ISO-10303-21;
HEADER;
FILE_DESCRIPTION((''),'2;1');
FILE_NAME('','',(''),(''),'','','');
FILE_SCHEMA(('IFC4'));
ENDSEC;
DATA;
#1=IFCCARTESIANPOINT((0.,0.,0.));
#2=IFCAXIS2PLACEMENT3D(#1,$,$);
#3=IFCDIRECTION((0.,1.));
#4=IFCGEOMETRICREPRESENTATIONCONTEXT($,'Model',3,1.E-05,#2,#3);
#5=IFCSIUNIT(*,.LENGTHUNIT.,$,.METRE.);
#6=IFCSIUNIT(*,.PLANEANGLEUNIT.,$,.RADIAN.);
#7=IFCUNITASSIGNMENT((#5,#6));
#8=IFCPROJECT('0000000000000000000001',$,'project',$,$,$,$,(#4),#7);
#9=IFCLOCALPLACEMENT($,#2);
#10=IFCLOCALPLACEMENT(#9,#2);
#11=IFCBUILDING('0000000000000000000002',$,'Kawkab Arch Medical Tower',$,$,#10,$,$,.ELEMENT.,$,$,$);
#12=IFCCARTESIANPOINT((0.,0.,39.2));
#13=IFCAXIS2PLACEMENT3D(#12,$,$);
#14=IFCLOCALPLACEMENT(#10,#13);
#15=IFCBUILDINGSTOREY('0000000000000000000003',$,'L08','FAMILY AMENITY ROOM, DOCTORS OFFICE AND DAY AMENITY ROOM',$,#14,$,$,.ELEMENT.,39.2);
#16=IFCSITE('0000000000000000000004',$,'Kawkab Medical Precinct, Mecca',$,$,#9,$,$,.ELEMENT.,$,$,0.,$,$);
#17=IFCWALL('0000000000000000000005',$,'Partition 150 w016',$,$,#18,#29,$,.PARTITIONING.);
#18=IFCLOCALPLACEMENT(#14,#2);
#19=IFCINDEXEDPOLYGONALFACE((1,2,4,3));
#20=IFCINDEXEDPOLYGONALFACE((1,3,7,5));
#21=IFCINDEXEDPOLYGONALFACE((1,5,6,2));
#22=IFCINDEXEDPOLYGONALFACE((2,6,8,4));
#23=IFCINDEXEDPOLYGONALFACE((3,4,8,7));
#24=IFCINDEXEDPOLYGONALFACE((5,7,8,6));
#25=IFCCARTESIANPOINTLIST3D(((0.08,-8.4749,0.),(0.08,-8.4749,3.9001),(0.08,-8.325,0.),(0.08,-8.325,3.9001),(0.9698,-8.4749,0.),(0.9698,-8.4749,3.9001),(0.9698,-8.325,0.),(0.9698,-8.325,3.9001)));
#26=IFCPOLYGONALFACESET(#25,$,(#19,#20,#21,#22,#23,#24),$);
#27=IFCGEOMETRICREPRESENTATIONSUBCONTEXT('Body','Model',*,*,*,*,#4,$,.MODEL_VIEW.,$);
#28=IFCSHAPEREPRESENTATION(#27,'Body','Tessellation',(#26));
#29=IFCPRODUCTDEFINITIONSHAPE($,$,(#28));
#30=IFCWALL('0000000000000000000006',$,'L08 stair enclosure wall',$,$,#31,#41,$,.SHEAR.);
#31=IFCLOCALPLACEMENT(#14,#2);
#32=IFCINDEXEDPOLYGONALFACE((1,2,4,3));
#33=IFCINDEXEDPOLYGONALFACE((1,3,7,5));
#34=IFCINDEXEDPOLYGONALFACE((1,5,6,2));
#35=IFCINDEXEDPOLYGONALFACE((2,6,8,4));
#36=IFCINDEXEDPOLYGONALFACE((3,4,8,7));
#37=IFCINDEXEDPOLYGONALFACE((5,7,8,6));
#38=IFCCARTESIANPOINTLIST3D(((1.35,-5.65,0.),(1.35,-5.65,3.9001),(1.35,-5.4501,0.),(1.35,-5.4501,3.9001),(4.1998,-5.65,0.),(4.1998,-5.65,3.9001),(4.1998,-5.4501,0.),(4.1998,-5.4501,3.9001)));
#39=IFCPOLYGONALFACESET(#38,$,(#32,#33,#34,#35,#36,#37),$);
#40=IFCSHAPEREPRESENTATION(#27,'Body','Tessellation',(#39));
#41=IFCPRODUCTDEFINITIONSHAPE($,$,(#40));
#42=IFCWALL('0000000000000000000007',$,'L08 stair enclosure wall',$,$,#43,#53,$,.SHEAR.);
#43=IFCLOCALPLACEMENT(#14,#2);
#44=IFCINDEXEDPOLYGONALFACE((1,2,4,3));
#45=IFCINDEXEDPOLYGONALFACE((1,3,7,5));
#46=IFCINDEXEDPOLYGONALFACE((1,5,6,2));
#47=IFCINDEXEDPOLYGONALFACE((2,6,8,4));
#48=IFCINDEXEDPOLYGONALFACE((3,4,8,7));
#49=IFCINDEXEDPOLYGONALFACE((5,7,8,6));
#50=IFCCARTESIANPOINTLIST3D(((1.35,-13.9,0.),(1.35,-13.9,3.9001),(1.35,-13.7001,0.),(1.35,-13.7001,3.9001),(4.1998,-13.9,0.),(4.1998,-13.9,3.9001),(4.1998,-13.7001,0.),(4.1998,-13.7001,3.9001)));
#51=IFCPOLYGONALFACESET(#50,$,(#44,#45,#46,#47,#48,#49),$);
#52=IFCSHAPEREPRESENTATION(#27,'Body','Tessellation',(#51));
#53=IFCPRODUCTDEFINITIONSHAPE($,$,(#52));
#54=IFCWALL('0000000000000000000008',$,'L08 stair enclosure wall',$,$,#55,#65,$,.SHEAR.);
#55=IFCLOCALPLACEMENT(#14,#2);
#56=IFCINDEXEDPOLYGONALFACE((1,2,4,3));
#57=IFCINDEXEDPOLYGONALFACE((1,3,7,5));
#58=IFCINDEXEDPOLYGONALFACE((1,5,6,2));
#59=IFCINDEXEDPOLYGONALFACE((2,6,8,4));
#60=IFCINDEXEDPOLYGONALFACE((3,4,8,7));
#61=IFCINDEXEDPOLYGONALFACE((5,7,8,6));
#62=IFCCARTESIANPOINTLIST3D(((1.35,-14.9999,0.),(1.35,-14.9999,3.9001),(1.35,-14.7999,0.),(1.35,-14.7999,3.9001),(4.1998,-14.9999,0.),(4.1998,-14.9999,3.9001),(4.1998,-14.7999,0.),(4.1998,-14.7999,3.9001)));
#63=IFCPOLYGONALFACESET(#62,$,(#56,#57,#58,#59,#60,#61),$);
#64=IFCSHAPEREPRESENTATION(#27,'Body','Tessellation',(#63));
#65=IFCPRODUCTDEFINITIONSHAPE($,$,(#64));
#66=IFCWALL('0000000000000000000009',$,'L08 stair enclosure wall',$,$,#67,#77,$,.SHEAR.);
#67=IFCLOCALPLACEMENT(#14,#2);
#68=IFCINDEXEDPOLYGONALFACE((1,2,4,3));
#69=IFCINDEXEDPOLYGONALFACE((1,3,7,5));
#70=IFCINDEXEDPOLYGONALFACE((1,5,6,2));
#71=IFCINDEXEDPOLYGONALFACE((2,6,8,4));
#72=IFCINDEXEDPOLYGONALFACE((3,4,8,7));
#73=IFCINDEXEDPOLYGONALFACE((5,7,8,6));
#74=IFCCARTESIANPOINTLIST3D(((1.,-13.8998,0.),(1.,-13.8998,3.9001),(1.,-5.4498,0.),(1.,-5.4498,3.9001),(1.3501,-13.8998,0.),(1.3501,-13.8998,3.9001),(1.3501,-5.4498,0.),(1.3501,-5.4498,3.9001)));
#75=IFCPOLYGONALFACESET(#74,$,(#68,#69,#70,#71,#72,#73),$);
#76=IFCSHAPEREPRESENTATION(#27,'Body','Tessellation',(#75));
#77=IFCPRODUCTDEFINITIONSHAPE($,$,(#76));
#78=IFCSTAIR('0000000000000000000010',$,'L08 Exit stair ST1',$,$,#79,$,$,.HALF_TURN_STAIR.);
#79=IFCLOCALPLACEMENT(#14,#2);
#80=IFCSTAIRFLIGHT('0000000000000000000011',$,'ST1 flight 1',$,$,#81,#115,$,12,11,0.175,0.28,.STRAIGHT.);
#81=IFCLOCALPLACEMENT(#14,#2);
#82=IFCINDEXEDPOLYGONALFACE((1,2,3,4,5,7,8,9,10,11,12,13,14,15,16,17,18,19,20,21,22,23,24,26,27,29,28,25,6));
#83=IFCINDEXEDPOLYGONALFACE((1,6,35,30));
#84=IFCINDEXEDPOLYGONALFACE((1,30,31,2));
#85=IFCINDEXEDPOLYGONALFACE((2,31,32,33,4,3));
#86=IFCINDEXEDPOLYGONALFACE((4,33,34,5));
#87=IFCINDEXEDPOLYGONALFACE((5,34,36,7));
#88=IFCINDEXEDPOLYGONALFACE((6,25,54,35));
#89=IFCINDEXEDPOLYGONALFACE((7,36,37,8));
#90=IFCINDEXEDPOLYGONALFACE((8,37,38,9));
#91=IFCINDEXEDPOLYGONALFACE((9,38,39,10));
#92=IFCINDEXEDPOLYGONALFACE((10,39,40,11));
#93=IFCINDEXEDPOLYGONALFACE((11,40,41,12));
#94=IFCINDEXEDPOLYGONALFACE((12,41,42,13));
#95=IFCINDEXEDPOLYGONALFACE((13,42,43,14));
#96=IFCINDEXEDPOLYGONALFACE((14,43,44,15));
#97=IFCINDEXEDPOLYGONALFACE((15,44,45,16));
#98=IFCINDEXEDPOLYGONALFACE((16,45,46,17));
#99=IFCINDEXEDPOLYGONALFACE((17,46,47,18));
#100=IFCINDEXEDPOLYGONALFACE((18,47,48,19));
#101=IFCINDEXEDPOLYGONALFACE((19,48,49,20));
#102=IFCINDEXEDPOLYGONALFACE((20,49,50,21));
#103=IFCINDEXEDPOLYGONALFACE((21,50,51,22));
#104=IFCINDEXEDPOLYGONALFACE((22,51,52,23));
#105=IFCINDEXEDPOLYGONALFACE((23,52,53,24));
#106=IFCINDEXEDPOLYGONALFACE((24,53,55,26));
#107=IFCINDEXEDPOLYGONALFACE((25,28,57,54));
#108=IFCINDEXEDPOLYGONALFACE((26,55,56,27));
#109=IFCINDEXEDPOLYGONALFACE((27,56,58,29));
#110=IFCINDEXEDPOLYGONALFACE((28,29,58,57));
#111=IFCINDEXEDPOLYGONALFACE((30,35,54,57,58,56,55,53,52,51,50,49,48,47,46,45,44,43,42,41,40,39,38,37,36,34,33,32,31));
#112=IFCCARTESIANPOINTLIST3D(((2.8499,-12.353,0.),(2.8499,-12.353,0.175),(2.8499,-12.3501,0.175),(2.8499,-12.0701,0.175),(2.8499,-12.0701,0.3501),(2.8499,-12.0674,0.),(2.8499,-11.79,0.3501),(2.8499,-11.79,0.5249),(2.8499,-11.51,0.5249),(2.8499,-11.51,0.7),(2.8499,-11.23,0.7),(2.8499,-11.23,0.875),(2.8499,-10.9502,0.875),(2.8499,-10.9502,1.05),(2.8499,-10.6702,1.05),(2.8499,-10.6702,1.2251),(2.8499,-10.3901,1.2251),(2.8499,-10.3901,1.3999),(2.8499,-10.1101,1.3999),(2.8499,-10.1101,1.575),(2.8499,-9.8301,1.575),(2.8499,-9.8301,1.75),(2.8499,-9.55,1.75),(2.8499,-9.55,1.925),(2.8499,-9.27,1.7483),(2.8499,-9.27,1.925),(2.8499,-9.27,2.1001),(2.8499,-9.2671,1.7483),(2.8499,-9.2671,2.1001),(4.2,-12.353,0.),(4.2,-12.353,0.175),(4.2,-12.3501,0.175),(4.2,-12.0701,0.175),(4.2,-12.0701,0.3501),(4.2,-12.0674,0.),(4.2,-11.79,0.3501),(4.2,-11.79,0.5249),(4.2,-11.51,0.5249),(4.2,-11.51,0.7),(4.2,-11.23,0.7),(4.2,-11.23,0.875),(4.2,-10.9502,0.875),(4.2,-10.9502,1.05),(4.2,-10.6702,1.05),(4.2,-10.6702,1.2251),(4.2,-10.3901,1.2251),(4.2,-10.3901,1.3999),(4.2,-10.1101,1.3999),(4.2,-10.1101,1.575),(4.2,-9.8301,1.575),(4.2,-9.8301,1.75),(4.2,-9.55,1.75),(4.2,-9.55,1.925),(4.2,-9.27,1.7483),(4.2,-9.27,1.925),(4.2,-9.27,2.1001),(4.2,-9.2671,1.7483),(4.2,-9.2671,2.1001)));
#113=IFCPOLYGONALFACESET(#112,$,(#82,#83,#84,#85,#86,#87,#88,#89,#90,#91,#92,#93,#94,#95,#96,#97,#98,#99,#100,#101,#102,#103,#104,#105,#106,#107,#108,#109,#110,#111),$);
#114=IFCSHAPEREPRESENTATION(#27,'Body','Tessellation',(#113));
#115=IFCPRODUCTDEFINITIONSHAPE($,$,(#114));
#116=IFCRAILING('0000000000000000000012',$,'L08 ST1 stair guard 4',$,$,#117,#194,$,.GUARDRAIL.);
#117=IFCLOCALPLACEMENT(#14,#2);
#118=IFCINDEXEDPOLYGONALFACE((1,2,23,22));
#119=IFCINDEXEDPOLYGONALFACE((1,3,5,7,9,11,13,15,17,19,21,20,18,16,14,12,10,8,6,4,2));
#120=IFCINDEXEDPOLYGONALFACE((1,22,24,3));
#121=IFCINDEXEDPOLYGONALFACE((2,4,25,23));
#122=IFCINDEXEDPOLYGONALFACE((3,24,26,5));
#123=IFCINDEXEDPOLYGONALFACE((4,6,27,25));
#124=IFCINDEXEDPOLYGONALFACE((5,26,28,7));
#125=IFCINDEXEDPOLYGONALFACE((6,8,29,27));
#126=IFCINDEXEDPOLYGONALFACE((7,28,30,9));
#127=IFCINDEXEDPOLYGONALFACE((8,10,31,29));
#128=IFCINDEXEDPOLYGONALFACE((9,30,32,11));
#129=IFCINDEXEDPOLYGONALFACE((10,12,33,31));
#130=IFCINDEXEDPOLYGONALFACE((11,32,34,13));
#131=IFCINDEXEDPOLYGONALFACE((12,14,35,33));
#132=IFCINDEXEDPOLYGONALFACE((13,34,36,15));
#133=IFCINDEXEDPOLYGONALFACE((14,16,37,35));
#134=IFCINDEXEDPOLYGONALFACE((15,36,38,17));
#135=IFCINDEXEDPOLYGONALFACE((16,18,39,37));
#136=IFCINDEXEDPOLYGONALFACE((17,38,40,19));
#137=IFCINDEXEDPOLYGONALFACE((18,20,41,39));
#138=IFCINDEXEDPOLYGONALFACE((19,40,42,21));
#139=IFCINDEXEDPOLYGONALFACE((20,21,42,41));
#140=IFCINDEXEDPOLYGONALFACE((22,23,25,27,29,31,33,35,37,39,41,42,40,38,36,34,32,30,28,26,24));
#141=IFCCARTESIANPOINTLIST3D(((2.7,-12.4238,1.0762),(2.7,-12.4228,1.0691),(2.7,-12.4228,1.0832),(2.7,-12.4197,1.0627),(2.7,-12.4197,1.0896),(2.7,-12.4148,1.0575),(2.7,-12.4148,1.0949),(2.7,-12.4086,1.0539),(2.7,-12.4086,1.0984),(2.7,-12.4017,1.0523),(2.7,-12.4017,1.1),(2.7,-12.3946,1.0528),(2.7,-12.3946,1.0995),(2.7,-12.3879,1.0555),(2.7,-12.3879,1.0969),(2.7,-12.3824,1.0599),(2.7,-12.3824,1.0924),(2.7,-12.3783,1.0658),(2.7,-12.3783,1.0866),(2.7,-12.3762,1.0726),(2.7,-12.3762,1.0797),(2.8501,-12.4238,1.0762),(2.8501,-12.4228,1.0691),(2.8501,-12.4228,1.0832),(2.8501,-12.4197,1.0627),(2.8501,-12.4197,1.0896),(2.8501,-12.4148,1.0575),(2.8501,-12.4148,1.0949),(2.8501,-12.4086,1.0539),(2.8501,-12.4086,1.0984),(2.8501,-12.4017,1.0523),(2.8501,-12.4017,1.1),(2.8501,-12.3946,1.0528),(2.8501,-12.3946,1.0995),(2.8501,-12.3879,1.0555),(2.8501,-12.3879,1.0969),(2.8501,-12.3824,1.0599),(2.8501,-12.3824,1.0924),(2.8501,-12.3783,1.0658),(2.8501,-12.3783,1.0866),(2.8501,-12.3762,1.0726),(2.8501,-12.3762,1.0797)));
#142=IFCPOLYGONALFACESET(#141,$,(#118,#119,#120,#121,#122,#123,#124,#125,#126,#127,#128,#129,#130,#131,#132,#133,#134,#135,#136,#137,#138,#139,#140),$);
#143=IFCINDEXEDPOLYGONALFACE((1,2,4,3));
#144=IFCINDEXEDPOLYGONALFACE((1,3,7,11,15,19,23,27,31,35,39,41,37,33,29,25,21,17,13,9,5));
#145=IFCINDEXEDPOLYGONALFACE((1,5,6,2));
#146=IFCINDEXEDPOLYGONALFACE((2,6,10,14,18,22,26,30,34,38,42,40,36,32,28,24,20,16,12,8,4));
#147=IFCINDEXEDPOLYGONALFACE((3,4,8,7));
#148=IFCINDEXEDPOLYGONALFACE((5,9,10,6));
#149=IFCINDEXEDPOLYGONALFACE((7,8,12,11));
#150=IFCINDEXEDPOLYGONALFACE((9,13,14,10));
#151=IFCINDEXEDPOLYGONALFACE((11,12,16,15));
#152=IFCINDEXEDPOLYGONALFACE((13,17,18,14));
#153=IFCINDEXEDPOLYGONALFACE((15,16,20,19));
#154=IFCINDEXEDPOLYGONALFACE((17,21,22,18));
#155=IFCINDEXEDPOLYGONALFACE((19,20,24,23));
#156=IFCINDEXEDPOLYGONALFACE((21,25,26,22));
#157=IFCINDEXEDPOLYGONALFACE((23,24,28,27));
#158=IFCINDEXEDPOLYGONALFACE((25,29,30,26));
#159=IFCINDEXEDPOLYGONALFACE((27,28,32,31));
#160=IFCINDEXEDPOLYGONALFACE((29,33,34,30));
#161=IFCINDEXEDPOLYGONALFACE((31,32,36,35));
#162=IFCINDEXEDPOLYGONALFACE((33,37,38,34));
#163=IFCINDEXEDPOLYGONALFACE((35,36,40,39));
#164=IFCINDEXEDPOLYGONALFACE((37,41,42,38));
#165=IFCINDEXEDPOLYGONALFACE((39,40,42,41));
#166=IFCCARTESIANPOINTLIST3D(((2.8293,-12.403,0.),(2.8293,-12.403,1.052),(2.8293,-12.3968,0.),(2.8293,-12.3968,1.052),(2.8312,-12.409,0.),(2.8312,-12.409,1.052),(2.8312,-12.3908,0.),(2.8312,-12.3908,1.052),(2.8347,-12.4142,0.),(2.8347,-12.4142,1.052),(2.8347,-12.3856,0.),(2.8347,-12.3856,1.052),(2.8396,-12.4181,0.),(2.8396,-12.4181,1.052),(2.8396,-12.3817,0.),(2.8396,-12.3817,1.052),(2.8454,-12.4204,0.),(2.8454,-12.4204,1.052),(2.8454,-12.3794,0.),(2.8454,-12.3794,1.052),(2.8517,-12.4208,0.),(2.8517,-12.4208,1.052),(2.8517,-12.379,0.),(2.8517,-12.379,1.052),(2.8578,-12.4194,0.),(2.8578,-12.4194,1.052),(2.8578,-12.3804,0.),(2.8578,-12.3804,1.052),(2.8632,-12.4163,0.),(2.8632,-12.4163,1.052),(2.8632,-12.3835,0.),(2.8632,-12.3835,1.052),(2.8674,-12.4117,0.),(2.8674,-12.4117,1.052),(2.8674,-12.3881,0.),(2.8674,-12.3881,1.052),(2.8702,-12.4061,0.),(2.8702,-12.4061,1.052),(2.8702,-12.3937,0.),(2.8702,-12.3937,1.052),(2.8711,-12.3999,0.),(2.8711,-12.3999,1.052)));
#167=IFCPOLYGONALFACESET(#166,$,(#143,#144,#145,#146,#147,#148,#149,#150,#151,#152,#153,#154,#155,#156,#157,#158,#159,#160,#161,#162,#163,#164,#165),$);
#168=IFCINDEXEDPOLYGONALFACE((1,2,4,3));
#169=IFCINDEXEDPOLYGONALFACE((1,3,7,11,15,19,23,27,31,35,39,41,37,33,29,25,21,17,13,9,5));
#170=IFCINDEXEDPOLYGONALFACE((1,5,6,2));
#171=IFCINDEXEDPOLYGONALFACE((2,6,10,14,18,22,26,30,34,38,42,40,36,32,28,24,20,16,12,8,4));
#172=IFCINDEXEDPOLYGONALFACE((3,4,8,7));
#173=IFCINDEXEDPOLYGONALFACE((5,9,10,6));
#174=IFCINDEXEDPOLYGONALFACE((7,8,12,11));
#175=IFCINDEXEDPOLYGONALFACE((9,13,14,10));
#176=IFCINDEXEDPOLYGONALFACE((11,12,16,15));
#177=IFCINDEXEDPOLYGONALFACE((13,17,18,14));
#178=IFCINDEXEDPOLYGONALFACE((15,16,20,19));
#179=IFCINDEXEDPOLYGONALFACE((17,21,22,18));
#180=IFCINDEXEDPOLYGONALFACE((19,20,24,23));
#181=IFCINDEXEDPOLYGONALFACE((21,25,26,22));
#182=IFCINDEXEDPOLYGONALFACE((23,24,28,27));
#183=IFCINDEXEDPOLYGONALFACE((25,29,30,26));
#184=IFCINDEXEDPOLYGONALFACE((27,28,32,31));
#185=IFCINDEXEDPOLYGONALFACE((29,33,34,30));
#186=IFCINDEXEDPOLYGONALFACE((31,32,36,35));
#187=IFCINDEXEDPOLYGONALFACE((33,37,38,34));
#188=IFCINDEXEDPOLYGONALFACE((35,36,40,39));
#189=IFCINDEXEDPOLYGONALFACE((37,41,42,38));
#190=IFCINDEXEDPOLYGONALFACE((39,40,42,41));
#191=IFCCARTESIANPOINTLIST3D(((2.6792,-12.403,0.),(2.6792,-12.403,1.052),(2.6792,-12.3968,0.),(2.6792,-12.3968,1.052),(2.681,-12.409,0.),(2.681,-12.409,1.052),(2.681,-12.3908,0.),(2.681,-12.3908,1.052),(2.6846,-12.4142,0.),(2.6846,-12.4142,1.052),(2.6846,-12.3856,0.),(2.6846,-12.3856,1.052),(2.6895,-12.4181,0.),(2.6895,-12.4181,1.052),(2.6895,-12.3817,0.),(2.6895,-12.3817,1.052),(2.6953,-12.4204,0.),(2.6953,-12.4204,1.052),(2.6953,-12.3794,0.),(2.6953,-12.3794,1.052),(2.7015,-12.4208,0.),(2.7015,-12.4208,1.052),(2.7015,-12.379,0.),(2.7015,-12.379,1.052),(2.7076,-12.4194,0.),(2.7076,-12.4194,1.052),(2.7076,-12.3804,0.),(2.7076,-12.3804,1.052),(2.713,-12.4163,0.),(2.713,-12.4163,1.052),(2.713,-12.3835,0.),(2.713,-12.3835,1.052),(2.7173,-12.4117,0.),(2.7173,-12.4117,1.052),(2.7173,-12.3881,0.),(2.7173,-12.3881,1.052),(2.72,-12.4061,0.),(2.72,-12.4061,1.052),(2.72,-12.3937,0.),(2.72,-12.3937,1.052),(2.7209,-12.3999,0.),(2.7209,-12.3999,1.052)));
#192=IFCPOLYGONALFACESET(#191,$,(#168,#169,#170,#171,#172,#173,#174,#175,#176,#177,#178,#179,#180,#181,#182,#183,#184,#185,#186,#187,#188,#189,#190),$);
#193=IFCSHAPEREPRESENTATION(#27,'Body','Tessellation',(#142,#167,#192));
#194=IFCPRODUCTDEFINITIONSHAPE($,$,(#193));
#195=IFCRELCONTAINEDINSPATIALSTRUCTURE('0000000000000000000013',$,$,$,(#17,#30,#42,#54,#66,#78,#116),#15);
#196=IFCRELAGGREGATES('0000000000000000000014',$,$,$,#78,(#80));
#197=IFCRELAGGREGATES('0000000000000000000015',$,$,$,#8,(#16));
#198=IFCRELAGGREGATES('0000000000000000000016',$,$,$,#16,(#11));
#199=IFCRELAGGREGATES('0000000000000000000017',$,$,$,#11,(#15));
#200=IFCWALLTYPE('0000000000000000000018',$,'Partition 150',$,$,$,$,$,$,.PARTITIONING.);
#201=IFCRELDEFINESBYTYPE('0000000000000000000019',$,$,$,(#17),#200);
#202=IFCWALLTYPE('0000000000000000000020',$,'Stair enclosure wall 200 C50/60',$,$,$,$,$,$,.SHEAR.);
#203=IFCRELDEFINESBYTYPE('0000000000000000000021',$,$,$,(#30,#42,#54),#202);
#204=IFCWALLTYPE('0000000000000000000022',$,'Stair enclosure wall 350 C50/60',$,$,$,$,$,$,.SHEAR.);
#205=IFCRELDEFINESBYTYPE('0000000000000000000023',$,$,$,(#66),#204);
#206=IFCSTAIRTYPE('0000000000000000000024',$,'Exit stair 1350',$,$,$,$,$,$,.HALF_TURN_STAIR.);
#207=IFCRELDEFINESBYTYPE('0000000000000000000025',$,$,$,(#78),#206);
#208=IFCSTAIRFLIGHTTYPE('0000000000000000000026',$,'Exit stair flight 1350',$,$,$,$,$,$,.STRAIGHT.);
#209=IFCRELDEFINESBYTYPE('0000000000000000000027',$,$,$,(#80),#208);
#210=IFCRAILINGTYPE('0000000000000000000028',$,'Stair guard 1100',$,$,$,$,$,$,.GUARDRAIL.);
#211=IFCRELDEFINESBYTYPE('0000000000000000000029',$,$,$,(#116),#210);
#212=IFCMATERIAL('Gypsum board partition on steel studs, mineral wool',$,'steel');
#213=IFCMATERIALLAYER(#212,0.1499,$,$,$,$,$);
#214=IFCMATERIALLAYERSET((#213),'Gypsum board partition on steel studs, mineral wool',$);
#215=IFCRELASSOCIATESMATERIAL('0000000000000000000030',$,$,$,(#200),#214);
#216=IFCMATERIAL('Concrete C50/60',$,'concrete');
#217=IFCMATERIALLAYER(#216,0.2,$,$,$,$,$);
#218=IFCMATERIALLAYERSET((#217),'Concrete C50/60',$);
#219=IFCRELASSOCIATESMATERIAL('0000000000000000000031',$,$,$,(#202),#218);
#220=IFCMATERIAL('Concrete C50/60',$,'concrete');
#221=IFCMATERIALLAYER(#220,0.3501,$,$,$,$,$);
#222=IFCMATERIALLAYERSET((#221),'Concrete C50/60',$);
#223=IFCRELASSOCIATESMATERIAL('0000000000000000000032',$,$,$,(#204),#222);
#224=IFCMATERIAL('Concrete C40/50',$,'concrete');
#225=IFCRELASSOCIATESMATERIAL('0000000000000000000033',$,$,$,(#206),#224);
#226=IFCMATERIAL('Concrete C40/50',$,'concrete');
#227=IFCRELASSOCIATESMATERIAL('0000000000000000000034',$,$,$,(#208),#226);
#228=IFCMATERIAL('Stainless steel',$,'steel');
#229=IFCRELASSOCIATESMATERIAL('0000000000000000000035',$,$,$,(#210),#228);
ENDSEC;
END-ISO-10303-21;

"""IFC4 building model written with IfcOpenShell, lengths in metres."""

from ifc_helpers import new_model, si_unit, direction, frame, frame_2d, origin, origin_2d, place, context, subcontext, project, spatial, polyline, rectangle, circle, outline, extrude, material, layer, layer_set, type_object, element, aggregate, save


model = new_model("IFC4")

# Units and contexts
model_context = context("Model", 3, precision=1e-05, world=origin(), true_north=direction((0.0, 1.0)))
body_context = subcontext(model_context, "Body", "Model", "MODEL_VIEW")
ifc_project = project(units=[si_unit("LENGTHUNIT", "METRE"), si_unit("PLANEANGLEUNIT", "RADIAN")], contexts=[model_context])

# Site, building, storey
site_placement = place(None, origin())
site = spatial("IfcSite", under=ifc_project, at=site_placement, Name="Kawkab Medical Precinct, Mecca", CompositionType="ELEMENT", RefElevation=0.0)
building_placement = place(site_placement, origin())
building = spatial("IfcBuilding", under=site, at=building_placement, Name="Kawkab Arch Medical Tower", CompositionType="ELEMENT")
storey_placement = place(building_placement, frame((0.0, 0.0, 39.2)))
storey = spatial("IfcBuildingStorey", under=building, at=storey_placement, Name="L08", Description="FAMILY AMENITY ROOM, DOCTORS OFFICE AND DAY AMENITY ROOM", CompositionType="ELEMENT", Elevation=39.2)

# Shared definitions
placement_1 = place(storey_placement, origin())

# Walls
ifc_material_1 = material(Name="Gypsum board partition on steel studs, mineral wool", Category="steel")
ifc_layer_1 = layer(ifc_material_1, 0.1499)
ifc_layer_set_1 = layer_set([ifc_layer_1], Name="Gypsum board partition on steel studs, mineral wool")
wall_type_1 = type_object("IfcWallType", Name="Partition 150", PredefinedType="PARTITIONING", material=ifc_layer_set_1)
wall_1_placement = place(storey_placement, frame((0.0801, -8.3999, 0.0), z_axis=(0.0, 0.0, 1.0), x_axis=(1.0, 0.0, 0.0)))
element("IfcWall", 1, at=wall_1_placement, inside=storey, type_object=wall_type_1, Name="Partition 150 w016", PredefinedType="PARTITIONING", context=body_context, shape_type="SweptSolid", body=[
    extrude(rectangle(XDim=0.8899, YDim=0.1499, at=frame_2d((0.4448, 0.0))), origin(), (0.0, 0.0, 1.0), 3.9001),
])
ifc_material_2 = material(Name="Concrete C50/60", Category="concrete")
ifc_layer_2 = layer(ifc_material_2, 0.2)
ifc_layer_set_2 = layer_set([ifc_layer_2], Name="Concrete C50/60")
wall_type_2 = type_object("IfcWallType", Name="Stair enclosure wall 200 C50/60", PredefinedType="SHEAR", material=ifc_layer_set_2)
for number, where, z_axis, x_axis, name in (
    (2, (1.3501, -5.55, 0.0), (0.0, 0.0, 1.0), (1.0, 0.0, 0.0), "L08 stair enclosure wall"),
    (3, (1.3501, -13.8, 0.0), (0.0, 0.0, 1.0), (1.0, 0.0, 0.0), "L08 stair enclosure wall"),
    (4, (1.3501, -14.8999, 0.0), (0.0, 0.0, 1.0), (1.0, 0.0, 0.0), "L08 stair enclosure wall"),
):
    element("IfcWall", number, at=place(storey_placement, frame(where, z_axis=z_axis, x_axis=x_axis)), inside=storey, type_object=wall_type_2, Name=name, PredefinedType="SHEAR", context=body_context, shape_type="SweptSolid", body=[
        extrude(rectangle(XDim=2.8499, YDim=0.2, at=frame_2d((1.4248, 0.0))), origin(), (0.0, 0.0, 1.0), 3.9001),
    ])
ifc_material_3 = material(Name="Concrete C50/60", Category="concrete")
ifc_layer_3 = layer(ifc_material_3, 0.3501)
ifc_layer_set_3 = layer_set([ifc_layer_3], Name="Concrete C50/60")
wall_type_3 = type_object("IfcWallType", Name="Stair enclosure wall 350 C50/60", PredefinedType="SHEAR", material=ifc_layer_set_3)
wall_2_placement = place(storey_placement, frame((1.175, -13.8999, 0.0), z_axis=(0.0, 0.0, 1.0), x_axis=(0.0, 1.0, 0.0)))
element("IfcWall", 5, at=wall_2_placement, inside=storey, type_object=wall_type_3, Name="L08 stair enclosure wall", PredefinedType="SHEAR", context=body_context, shape_type="SweptSolid", body=[
    extrude(rectangle(XDim=8.45, YDim=0.3501, at=frame_2d((4.2251, 0.0))), origin(), (0.0, 0.0, 1.0), 3.9001),
])

# Stair, stair flight
ifc_material_4 = material(Name="Concrete C40/50", Category="concrete")
stair_type = type_object("IfcStairType", Name="Exit stair 1350", PredefinedType="HALF_TURN_STAIR", material=ifc_material_4)
stair = element("IfcStair", 6, at=placement_1, inside=storey, type_object=stair_type, Name="L08 Exit stair ST1", PredefinedType="HALF_TURN_STAIR")
ifc_material_5 = material(Name="Concrete C40/50", Category="concrete")
stair_flight_type = type_object("IfcStairFlightType", Name="Exit stair flight 1350", PredefinedType="STRAIGHT", material=ifc_material_5)
stair_flight_placement = place(storey_placement, frame((3.5249, -12.3501, 0.0), z_axis=(0.0, 0.0, 1.0), x_axis=(0.0, 1.0, 0.0)))
stair_flight = element("IfcStairFlight", 7, at=stair_flight_placement, type_object=stair_flight_type, Name="ST1 flight 1", NumberOfRisers=12, NumberOfTreads=11, PredefinedType="STRAIGHT", RiserHeight=0.175, TreadLength=0.28, context=body_context, shape_type="SweptSolid", body=[
    extrude(outline(polyline([(-0.0029, 0.0), (-0.0029, 0.175), (0.0, 0.175), (0.28, 0.175), (0.28, 0.3501), (0.5601, 0.3501), (0.5601, 0.5249), (0.8401, 0.5249), (0.8401, 0.7), (1.1201, 0.7), (1.1201, 0.875), (1.3999, 0.875), (1.3999, 1.05), (1.6799, 1.05), (1.6799, 1.2251), (1.96, 1.2251), (1.96, 1.3999), (2.24, 1.3999), (2.24, 1.575), (2.52, 1.575), (2.52, 1.75), (2.8, 1.75), (2.8, 1.925), (3.0801, 1.925), (3.0801, 2.1001), (3.083, 2.1001), (3.083, 1.7483), (3.0801, 1.7483), (0.2827, 0.0), (-0.0029, 0.0)])), frame((0.0, 0.675, 0.0), z_axis=(0.0, -1.0, 0.0), x_axis=(1.0, 0.0, 0.0)), (0.0, 0.0, 1.0), 1.3501),
])
aggregate(stair, [stair_flight])

# Railing
ifc_material_6 = material(Name="Stainless steel", Category="steel")
railing_type_1 = type_object("IfcRailingType", Name="Stair guard 1100", PredefinedType="GUARDRAIL", material=ifc_material_6)
railing_1_placement = place(storey_placement, frame((2.8501, -12.3999, 0.0)))
element("IfcRailing", 8, at=railing_1_placement, inside=storey, type_object=railing_type_1, Name="L08 ST1 stair guard 4", PredefinedType="GUARDRAIL", context=body_context, shape_type="SweptSolid", body=[
    extrude(circle(Radius=0.0239, at=origin_2d()), frame((0.0, 0.0, 1.0762), z_axis=(-1.0, 0.0, 0.0), x_axis=(0.0, -1.0, 0.0)), (0.0, 0.0, 1.0), 0.1501),
    extrude(circle(Radius=0.021, at=origin_2d()), origin(), (0.0, 0.0, 1.0), 1.052),
    extrude(circle(Radius=0.021, at=origin_2d()), frame((-0.1501, 0.0, 0.0)), (0.0, 0.0, 1.0), 1.052),
])

save(model, "model.ifc")
